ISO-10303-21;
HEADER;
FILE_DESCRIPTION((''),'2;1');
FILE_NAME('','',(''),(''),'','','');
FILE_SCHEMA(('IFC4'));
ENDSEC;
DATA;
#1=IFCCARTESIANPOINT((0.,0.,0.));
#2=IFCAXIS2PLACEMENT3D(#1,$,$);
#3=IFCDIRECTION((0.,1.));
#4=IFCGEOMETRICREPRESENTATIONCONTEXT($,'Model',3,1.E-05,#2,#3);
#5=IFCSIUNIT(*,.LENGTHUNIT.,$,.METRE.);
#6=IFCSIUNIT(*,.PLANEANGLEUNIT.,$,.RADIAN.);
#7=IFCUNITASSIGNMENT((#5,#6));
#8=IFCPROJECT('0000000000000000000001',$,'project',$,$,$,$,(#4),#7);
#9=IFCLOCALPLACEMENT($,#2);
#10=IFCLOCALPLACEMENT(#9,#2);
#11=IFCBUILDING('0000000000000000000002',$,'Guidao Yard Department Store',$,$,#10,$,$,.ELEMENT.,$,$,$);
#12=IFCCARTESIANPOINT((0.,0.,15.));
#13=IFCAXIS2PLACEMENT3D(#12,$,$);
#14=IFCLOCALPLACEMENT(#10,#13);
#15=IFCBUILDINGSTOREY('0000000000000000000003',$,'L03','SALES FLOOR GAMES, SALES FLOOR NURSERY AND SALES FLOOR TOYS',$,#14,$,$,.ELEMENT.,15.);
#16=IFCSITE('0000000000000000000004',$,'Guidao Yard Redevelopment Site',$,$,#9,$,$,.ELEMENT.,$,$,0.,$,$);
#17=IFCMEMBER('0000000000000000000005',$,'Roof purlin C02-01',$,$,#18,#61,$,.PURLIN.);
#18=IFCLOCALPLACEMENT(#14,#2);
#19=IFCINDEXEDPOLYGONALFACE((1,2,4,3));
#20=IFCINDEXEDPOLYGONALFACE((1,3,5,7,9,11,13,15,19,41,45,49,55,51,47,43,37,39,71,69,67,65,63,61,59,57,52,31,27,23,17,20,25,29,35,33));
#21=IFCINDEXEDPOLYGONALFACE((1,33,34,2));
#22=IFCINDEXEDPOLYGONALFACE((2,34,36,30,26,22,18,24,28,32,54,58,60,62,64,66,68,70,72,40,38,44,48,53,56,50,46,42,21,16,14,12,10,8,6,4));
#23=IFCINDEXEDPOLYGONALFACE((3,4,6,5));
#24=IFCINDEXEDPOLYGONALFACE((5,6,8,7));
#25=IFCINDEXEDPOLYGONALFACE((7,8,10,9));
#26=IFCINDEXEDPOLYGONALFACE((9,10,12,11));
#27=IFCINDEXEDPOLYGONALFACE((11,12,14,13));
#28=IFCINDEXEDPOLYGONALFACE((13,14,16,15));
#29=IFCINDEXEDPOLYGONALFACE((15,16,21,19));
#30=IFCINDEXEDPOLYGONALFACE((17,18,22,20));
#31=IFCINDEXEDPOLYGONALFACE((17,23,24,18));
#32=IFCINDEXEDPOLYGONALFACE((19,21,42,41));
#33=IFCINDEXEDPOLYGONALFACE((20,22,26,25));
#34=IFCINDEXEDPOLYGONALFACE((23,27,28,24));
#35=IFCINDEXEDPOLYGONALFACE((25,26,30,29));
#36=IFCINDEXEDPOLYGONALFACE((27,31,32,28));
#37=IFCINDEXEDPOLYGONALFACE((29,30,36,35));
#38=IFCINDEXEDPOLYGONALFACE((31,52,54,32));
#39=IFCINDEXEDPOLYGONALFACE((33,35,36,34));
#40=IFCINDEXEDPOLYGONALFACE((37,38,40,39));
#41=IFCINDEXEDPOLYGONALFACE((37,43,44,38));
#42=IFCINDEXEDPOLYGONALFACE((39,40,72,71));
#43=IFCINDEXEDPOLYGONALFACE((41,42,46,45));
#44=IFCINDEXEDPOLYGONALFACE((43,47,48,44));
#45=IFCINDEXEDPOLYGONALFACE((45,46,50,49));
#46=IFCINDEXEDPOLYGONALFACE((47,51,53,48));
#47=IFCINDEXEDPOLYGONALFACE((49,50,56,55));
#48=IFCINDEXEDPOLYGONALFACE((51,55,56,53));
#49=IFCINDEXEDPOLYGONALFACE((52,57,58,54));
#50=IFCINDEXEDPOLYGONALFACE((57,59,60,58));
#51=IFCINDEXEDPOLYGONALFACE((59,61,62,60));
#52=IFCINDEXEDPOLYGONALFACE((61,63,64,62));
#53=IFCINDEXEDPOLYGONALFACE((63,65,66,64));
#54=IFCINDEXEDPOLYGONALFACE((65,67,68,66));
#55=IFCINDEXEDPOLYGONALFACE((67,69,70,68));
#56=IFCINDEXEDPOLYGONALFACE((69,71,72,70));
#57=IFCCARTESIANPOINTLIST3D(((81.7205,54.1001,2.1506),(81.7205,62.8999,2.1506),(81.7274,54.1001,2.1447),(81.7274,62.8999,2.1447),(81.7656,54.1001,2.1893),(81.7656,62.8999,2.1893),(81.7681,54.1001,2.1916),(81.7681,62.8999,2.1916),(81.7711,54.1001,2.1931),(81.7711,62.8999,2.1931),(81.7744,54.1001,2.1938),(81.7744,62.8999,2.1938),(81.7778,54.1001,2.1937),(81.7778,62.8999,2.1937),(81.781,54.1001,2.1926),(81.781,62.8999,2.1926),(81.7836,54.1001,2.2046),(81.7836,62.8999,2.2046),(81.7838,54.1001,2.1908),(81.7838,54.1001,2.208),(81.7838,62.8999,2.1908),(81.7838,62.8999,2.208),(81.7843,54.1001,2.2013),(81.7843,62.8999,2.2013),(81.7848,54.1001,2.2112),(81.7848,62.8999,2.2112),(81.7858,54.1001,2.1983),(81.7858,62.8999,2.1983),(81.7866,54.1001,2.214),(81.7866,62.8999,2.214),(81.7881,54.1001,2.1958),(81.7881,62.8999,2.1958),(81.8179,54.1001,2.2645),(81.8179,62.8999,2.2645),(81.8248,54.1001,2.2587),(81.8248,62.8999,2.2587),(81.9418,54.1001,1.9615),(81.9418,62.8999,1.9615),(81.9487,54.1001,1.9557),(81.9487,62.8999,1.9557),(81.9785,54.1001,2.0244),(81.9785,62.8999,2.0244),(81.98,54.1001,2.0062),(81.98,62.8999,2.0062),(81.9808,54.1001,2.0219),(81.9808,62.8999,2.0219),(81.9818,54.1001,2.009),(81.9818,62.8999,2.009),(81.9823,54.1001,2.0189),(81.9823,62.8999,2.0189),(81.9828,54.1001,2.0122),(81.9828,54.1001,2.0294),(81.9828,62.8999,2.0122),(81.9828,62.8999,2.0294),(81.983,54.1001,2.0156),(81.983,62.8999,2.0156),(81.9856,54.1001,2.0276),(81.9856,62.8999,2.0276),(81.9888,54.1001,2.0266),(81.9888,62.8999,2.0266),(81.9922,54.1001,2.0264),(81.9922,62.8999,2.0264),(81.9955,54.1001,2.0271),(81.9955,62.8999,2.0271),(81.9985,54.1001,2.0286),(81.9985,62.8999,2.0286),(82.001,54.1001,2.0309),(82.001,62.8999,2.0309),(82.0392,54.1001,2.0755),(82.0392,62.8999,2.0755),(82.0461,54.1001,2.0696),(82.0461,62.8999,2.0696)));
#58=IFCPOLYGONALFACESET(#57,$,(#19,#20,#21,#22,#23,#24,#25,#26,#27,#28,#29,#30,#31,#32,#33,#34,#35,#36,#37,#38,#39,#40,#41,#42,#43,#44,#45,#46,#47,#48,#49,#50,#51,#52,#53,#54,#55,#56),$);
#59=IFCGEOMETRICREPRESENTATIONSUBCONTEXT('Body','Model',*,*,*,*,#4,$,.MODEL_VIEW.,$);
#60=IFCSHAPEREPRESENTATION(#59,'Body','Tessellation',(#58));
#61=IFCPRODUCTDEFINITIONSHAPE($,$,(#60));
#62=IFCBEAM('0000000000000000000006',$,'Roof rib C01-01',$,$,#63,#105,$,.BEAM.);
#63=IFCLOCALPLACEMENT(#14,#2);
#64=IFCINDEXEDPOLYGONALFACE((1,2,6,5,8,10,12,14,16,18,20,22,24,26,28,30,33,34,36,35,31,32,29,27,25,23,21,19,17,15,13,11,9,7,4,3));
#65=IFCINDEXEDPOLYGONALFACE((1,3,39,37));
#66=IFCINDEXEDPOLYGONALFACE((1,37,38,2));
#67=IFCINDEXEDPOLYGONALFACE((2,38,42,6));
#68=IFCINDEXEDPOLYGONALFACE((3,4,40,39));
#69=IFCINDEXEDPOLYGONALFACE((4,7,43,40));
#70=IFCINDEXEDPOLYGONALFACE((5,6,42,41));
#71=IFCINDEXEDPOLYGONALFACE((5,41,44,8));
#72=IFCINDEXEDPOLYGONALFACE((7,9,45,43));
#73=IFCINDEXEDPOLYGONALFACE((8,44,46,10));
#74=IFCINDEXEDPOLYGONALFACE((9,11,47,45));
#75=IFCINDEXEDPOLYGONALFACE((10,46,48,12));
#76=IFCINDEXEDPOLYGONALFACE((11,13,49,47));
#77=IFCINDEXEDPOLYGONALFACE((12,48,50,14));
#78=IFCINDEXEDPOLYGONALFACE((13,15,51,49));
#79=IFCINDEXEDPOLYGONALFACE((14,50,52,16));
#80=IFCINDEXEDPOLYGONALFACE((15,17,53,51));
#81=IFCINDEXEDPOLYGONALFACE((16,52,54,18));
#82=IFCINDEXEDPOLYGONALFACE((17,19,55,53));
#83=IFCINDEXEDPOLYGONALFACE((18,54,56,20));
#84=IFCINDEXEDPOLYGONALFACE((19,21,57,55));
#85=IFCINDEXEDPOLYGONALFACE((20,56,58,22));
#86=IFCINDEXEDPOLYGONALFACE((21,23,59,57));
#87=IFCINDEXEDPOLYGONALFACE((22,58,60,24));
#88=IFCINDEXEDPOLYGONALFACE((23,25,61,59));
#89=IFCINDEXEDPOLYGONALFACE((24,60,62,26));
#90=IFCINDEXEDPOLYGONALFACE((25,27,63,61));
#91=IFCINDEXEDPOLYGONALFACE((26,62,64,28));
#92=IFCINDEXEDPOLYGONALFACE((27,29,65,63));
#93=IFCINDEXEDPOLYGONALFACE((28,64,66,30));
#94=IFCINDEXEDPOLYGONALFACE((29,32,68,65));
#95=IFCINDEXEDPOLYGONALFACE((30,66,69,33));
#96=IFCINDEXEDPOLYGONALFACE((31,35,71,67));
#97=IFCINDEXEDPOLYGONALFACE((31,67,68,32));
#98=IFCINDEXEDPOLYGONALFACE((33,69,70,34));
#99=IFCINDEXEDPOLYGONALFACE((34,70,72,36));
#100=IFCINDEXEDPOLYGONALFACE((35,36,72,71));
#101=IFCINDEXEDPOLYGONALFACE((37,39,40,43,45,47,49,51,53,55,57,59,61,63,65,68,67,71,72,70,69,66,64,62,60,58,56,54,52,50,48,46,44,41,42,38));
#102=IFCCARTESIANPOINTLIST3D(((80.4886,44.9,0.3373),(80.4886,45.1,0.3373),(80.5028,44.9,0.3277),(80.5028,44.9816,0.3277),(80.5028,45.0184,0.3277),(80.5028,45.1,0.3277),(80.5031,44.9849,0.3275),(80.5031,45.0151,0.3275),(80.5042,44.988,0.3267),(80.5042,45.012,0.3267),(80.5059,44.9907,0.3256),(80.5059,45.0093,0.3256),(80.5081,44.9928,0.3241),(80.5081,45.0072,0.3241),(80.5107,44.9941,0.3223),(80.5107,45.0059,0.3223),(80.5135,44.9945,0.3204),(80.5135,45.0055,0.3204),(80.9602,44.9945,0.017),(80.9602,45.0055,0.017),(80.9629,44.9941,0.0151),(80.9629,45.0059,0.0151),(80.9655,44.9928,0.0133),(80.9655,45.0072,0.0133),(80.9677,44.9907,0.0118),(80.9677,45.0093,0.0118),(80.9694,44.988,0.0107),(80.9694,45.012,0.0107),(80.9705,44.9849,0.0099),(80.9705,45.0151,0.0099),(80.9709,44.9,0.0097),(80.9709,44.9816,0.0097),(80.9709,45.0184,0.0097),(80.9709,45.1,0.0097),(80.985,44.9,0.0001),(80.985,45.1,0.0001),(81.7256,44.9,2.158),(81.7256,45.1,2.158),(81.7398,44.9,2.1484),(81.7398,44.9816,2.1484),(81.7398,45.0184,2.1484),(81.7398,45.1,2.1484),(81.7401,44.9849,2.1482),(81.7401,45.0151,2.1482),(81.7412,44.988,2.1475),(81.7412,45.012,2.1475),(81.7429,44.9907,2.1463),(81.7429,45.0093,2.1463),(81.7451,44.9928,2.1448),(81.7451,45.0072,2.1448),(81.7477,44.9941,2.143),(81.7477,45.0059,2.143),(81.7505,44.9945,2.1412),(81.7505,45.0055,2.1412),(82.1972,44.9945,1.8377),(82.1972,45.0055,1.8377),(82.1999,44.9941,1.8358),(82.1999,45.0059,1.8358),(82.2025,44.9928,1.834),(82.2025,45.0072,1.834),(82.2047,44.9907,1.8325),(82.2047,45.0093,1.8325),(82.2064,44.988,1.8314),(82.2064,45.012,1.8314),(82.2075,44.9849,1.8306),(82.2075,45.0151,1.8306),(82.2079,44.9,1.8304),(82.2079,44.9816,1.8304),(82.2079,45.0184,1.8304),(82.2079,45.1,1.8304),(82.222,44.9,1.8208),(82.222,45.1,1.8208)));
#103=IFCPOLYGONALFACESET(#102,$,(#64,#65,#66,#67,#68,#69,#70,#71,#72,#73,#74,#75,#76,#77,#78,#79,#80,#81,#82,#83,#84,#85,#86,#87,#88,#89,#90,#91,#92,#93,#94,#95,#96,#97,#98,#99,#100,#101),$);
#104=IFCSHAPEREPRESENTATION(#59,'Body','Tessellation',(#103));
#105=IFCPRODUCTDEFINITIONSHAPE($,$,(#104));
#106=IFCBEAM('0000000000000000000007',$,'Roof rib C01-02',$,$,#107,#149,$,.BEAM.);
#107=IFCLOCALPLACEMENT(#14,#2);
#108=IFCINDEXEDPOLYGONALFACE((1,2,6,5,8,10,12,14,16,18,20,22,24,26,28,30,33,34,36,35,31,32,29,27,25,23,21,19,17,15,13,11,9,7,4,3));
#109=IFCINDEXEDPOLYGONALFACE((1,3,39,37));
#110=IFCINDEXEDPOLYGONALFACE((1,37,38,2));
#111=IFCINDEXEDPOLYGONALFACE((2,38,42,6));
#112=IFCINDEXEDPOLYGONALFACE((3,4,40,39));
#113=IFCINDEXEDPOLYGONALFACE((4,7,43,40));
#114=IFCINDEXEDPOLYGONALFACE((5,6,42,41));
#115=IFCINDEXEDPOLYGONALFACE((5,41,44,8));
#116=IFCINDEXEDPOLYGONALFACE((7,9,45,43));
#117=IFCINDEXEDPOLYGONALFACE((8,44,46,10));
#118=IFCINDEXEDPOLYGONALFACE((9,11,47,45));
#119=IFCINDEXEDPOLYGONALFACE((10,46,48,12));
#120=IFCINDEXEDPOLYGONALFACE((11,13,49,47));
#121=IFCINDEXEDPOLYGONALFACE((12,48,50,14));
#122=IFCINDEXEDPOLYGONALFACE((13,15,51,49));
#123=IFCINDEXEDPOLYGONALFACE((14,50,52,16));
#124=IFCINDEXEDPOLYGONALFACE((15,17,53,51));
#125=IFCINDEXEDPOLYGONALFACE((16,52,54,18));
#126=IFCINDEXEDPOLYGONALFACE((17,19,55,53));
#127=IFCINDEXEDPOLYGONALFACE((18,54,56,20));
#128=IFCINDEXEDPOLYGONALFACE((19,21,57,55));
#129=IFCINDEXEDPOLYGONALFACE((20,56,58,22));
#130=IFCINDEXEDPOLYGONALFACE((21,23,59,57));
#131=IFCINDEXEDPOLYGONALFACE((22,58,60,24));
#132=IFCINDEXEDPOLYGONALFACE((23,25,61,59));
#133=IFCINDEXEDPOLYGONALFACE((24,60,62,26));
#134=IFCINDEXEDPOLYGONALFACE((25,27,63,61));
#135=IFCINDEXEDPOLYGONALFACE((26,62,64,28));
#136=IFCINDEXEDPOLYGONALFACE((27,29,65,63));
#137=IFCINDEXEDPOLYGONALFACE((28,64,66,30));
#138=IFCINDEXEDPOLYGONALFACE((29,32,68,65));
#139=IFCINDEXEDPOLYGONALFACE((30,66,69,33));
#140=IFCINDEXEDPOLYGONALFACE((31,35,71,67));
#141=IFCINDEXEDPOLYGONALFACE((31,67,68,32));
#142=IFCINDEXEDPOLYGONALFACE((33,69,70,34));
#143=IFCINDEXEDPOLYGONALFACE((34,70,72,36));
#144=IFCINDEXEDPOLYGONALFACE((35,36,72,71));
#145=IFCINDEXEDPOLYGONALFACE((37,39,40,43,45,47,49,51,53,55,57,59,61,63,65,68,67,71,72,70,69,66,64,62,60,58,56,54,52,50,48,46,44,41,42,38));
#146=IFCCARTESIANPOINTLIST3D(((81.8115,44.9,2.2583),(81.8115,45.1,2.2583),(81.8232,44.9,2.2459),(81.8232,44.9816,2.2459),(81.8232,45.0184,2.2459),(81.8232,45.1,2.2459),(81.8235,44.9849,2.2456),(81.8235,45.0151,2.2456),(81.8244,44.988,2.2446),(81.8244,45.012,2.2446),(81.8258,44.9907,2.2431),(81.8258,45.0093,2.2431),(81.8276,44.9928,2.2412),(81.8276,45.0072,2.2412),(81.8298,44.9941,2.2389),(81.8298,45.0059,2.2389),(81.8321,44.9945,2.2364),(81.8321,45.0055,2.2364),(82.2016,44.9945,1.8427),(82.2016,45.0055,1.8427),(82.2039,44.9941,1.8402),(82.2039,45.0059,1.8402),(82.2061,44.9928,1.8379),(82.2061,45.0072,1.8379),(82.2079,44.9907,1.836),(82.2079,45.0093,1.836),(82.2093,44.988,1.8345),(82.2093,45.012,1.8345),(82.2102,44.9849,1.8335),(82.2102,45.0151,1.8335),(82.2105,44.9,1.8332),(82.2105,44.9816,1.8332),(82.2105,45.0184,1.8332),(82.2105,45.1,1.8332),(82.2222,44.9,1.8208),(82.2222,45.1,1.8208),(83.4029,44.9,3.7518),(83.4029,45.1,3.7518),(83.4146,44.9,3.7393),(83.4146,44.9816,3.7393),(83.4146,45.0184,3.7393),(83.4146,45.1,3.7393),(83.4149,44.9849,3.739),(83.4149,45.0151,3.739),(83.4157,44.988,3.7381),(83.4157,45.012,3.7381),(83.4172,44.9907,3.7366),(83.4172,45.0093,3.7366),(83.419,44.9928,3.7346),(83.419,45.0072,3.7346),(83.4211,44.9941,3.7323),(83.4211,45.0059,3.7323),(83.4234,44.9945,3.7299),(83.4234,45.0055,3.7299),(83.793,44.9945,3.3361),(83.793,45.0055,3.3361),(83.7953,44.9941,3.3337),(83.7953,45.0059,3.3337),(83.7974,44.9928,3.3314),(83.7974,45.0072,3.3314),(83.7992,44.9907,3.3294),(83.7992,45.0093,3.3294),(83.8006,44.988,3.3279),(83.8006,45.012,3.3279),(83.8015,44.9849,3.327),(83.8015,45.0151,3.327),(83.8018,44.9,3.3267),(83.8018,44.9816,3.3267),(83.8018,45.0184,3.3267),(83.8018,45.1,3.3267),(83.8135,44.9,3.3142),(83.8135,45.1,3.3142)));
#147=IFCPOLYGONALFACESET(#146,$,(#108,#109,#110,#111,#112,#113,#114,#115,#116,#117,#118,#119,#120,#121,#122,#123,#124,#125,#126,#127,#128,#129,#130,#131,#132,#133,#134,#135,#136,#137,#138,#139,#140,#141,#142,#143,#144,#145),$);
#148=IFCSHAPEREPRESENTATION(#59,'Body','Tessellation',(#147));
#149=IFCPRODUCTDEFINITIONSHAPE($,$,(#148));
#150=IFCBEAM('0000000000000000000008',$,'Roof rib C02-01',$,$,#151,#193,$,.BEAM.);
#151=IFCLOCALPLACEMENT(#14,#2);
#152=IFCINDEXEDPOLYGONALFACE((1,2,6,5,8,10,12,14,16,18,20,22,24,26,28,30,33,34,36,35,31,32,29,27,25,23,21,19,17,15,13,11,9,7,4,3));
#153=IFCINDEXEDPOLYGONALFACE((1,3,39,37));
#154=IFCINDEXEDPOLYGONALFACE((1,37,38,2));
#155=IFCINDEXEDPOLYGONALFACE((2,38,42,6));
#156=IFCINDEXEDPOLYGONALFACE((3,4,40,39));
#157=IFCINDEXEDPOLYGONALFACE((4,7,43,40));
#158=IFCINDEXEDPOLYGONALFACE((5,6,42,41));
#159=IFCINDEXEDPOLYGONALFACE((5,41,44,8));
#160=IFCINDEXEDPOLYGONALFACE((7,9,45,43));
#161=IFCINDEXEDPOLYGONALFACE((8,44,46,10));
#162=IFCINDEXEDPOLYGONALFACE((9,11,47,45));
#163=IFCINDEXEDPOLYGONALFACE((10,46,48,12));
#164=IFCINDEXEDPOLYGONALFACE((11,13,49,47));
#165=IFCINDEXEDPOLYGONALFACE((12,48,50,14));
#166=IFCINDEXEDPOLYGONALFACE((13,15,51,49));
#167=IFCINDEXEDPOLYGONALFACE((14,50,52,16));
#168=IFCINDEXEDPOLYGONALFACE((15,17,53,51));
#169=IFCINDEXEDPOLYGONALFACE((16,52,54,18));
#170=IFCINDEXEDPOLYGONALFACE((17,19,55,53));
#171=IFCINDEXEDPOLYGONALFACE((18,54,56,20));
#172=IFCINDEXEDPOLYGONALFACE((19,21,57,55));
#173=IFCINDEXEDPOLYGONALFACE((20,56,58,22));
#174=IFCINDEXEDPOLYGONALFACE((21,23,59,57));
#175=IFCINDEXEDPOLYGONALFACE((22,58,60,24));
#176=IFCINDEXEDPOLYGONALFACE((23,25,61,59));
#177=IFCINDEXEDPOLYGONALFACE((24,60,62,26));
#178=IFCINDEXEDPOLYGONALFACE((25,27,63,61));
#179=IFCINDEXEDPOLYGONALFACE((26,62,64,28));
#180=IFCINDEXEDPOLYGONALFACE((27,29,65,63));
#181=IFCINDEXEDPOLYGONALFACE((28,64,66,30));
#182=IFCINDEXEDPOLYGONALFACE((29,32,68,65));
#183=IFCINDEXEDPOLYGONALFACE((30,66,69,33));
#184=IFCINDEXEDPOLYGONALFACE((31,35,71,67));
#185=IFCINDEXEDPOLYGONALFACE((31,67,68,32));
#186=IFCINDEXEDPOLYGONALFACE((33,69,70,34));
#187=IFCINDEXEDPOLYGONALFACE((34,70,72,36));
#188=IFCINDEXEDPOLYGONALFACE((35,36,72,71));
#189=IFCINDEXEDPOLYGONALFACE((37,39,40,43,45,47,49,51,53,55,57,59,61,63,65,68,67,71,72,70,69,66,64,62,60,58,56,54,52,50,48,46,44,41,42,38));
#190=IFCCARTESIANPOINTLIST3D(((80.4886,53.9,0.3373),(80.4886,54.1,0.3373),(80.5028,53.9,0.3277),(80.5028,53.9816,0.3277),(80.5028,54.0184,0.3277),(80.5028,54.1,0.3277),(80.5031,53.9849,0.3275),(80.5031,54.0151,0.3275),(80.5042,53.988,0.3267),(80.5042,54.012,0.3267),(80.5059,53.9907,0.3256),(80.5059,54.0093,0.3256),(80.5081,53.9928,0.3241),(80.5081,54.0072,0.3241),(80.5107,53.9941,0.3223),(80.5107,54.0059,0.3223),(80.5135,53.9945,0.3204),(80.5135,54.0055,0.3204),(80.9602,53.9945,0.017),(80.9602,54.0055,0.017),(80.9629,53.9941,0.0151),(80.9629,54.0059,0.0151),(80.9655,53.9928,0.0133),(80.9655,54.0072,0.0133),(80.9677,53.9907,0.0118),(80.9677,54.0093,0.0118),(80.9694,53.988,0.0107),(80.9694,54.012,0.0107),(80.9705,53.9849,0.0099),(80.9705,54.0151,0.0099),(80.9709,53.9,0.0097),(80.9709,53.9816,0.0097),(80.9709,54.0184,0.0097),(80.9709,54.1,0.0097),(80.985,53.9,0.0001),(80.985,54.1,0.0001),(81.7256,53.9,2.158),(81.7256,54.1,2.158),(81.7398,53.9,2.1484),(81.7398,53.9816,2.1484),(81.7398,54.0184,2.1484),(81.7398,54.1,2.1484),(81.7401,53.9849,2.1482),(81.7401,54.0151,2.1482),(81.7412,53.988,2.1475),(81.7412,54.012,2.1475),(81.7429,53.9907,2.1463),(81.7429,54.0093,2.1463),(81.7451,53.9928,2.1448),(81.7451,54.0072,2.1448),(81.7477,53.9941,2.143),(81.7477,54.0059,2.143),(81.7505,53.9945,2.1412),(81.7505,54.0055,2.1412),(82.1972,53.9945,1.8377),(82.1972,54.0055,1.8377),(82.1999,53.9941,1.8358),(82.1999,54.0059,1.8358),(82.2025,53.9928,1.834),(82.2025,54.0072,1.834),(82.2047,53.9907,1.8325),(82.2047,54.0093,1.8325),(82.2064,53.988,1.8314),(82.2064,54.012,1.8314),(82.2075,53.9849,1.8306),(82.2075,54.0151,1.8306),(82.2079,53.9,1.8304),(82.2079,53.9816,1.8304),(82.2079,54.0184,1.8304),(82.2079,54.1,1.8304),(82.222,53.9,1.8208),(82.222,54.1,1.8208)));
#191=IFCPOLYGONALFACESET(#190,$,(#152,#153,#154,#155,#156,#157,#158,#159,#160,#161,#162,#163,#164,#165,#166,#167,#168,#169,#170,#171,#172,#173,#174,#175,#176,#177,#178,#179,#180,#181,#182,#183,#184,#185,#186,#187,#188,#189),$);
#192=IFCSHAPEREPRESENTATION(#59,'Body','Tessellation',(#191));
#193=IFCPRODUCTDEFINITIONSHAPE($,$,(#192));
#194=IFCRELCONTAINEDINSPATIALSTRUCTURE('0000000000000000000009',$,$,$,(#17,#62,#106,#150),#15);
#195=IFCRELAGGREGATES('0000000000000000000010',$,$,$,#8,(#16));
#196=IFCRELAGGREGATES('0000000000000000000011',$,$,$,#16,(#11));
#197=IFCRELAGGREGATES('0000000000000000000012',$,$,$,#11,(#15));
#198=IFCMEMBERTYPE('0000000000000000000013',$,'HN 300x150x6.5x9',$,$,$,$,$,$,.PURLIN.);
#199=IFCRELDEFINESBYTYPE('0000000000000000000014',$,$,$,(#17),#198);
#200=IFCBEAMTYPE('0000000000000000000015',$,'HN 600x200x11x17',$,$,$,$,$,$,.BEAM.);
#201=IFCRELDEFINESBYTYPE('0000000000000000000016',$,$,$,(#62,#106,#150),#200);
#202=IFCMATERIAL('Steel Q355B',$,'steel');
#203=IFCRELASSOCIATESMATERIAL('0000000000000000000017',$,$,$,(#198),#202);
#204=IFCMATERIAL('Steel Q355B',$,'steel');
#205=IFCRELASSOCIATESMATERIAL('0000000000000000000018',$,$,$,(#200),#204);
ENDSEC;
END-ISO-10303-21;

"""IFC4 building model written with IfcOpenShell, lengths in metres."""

from ifc_helpers import new_model, si_unit, direction, frame, origin, origin_2d, place, context, subcontext, project, spatial, i_section, extrude, material, material_profile, profile_set, type_object, element, save


model = new_model("IFC4")

# Units and contexts
model_context = context("Model", 3, precision=1e-05, world=origin(), true_north=direction((0.0, 1.0)))
body_context = subcontext(model_context, "Body", "Model", "MODEL_VIEW")
ifc_project = project(units=[si_unit("LENGTHUNIT", "METRE"), si_unit("PLANEANGLEUNIT", "RADIAN")], contexts=[model_context])

# Site, building, storey
site_placement = place(None, origin())
site = spatial("IfcSite", under=ifc_project, at=site_placement, Name="Guidao Yard Redevelopment Site", CompositionType="ELEMENT", RefElevation=0.0)
building_placement = place(site_placement, origin())
building = spatial("IfcBuilding", under=site, at=building_placement, Name="Guidao Yard Department Store", CompositionType="ELEMENT")
storey_placement = place(building_placement, frame((0.0, 0.0, 15.0)))
storey = spatial("IfcBuildingStorey", under=building, at=storey_placement, Name="L03", Description="SALES FLOOR GAMES, SALES FLOOR NURSERY AND SALES FLOOR TOYS", CompositionType="ELEMENT", Elevation=15.0)

# Member
ifc_material_1 = material(Name="Steel Q355B", Category="steel")
ifc_material_profile_1 = material_profile(ifc_material_1, i_section(OverallWidth=0.1499, OverallDepth=0.3, WebThickness=0.0066, FlangeThickness=0.009, FilletRadius=0.0129, at=origin_2d()), Name="HN 300x150x6.5x9")
ifc_profile_set_1 = profile_set([ifc_material_profile_1], Name="Steel Q355B")
member_type_1 = type_object("IfcMemberType", Name="HN 300x150x6.5x9", PredefinedType="PURLIN", material=ifc_profile_set_1)
for number, where, z_axis, x_axis, name in (
    (1, (81.8833, 54.1001, 2.1101), (0.0, 1.0, 0.0), (-0.649537, 0.0, -0.76033), "Roof purlin C02-01"),
):
    element("IfcMember", number, at=place(storey_placement, frame(where, z_axis=z_axis, x_axis=x_axis)), inside=storey, type_object=member_type_1, Name=name, PredefinedType="PURLIN", context=body_context, shape_type="SweptSolid", body=[
        extrude(i_section(OverallWidth=0.1499, OverallDepth=0.3, WebThickness=0.0066, FlangeThickness=0.009, FilletRadius=0.0129, at=origin_2d()), origin(), (0.0, 0.0, 1.0), 8.7998),
    ])

# Beams
ifc_material_2 = material(Name="Steel Q355B", Category="steel")
ifc_material_profile_2 = material_profile(ifc_material_2, i_section(OverallWidth=0.2, OverallDepth=0.6001, WebThickness=0.011, FlangeThickness=0.0171, FilletRadius=0.0129, at=origin_2d()), Name="HN 600x200x11x17")
ifc_profile_set_2 = profile_set([ifc_material_profile_2], Name="Steel Q355B")
beam_type_1 = type_object("IfcBeamType", Name="HN 600x200x11x17", PredefinedType="BEAM", material=ifc_profile_set_2)
beam_1_placement = place(storey_placement, frame((80.7368, 45.0, 0.1687), z_axis=(0.561973, 0.0, 0.827155), x_axis=(0.0, 1.0, 0.0)))
element("IfcBeam", 2, at=beam_1_placement, inside=storey, type_object=beam_type_1, Name="Roof rib C01-01", PredefinedType="BEAM", context=body_context, shape_type="SweptSolid", body=[
    extrude(i_section(OverallWidth=0.2, OverallDepth=0.6001, WebThickness=0.011, FlangeThickness=0.0171, FilletRadius=0.0129, at=origin_2d()), origin(), (0.0, 0.0, 1.0), 2.2012),
])
beam_2_placement = place(storey_placement, frame((82.0168, 45.0, 2.0396), z_axis=(0.729181, 0.0, 0.684321), x_axis=(0.0, 1.0, 0.0)))
element("IfcBeam", 3, at=beam_2_placement, inside=storey, type_object=beam_type_1, Name="Roof rib C01-02", PredefinedType="BEAM", context=body_context, shape_type="SweptSolid", body=[
    extrude(i_section(OverallWidth=0.2, OverallDepth=0.6001, WebThickness=0.011, FlangeThickness=0.0171, FilletRadius=0.0129, at=origin_2d()), origin(), (0.0, 0.0, 1.0), 2.1824),
])
beam_3_placement = place(storey_placement, frame((80.7368, 54.0, 0.1687), z_axis=(0.561973, 0.0, 0.827155), x_axis=(0.0, 1.0, 0.0)))
element("IfcBeam", 4, at=beam_3_placement, inside=storey, type_object=beam_type_1, Name="Roof rib C02-01", PredefinedType="BEAM", context=body_context, shape_type="SweptSolid", body=[
    extrude(i_section(OverallWidth=0.2, OverallDepth=0.6001, WebThickness=0.011, FlangeThickness=0.0171, FilletRadius=0.0129, at=origin_2d()), origin(), (0.0, 0.0, 1.0), 2.2012),
])

save(model, "model.ifc")
